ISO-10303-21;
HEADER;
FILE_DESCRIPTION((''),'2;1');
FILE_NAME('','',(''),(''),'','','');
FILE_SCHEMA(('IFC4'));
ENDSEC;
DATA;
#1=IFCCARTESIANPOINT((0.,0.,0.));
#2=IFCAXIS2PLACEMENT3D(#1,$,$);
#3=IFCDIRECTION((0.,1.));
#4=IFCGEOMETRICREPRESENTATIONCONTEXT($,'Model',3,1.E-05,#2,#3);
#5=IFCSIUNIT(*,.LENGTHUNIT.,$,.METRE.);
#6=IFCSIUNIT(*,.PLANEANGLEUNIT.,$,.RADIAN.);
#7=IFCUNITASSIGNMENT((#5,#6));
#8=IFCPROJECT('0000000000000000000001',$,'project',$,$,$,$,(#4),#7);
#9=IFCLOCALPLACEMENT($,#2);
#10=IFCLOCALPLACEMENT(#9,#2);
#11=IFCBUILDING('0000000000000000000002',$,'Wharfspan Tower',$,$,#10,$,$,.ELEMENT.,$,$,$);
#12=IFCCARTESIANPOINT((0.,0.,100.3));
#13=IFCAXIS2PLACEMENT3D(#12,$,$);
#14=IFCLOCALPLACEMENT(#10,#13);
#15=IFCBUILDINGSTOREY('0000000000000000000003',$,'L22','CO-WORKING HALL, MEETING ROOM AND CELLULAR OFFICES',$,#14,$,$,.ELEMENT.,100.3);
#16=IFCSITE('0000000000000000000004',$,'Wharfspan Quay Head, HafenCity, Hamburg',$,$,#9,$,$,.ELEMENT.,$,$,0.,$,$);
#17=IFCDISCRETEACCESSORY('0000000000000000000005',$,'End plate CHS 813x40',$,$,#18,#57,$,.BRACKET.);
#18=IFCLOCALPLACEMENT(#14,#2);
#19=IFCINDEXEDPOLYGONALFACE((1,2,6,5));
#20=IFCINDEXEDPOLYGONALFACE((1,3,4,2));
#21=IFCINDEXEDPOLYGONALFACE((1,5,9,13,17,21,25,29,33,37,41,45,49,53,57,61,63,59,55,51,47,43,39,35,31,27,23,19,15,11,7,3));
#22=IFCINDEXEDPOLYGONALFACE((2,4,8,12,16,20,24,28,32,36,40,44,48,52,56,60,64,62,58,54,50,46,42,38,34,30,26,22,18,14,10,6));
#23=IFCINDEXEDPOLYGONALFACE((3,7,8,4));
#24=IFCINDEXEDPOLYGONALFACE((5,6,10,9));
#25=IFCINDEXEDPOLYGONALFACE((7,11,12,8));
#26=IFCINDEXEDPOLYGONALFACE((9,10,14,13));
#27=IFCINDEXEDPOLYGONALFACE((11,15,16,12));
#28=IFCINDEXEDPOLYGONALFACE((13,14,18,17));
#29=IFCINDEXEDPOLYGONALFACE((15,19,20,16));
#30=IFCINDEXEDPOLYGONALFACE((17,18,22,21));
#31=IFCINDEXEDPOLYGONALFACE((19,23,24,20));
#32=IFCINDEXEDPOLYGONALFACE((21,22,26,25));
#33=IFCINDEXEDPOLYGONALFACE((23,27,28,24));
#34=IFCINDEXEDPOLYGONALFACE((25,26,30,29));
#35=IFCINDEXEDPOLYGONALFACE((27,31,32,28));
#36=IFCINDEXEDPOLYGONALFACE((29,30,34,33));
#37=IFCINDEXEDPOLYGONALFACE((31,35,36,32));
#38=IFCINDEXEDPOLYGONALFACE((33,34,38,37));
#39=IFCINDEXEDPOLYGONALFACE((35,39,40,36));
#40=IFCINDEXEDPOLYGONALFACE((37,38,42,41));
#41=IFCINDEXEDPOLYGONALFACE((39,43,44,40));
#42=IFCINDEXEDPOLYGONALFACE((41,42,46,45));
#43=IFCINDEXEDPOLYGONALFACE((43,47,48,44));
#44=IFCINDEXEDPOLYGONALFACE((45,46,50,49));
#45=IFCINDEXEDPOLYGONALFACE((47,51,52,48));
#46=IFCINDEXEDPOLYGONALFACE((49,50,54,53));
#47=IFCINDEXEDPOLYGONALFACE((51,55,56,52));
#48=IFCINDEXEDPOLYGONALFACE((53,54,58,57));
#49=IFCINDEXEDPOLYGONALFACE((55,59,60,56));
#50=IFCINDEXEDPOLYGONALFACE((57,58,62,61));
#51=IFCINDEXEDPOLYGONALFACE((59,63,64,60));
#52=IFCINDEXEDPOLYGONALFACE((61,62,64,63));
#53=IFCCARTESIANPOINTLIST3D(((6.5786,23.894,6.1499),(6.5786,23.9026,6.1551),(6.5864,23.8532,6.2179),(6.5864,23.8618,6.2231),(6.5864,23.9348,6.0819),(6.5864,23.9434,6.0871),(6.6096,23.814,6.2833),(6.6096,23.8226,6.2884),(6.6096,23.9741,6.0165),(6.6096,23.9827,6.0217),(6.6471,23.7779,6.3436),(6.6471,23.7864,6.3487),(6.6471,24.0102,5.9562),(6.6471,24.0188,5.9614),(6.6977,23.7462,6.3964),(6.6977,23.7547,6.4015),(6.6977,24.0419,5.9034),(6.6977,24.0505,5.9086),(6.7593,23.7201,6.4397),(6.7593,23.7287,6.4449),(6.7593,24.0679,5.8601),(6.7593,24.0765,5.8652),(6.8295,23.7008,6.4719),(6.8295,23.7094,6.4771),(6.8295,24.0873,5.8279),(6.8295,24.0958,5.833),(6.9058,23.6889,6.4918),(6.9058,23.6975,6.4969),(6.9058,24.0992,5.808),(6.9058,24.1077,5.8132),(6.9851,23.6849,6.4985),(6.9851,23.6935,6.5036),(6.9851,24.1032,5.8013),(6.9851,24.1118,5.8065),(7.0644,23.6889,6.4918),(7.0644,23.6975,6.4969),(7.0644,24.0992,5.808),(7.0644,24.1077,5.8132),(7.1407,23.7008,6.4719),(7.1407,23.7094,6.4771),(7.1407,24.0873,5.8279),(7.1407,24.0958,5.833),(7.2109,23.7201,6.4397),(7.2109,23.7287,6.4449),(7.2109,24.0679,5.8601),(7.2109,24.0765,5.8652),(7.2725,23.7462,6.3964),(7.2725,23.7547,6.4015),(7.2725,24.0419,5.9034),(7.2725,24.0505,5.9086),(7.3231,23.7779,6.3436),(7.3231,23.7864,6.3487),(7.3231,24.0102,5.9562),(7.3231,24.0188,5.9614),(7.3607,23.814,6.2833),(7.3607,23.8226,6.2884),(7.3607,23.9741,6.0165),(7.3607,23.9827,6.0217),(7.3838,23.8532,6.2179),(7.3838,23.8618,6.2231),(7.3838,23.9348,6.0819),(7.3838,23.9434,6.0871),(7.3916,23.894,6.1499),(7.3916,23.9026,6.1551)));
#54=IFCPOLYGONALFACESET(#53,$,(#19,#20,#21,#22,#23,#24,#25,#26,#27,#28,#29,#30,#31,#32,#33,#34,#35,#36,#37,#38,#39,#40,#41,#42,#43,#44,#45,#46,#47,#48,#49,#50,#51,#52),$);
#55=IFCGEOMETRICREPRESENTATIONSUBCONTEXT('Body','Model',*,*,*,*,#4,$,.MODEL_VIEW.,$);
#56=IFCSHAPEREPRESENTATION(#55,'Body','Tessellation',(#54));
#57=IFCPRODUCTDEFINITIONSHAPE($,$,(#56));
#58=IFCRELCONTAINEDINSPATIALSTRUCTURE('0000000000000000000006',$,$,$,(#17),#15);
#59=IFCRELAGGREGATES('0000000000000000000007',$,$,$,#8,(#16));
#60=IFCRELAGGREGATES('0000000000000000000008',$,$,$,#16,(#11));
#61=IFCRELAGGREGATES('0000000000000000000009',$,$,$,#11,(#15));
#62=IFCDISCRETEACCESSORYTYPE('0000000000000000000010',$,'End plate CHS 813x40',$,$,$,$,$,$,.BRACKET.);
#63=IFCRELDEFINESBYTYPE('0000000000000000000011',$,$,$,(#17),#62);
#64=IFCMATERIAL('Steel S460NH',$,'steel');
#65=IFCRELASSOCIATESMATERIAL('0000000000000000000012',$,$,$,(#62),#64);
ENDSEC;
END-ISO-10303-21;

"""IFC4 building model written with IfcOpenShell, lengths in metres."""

from ifc_helpers import new_model, si_unit, direction, frame, origin, origin_2d, place, context, subcontext, project, spatial, circle, extrude, material, material_profile, profile_set, type_object, element, save


model = new_model("IFC4")

# Units and contexts
model_context = context("Model", 3, precision=1e-05, world=origin(), true_north=direction((0.0, 1.0)))
body_context = subcontext(model_context, "Body", "Model", "MODEL_VIEW")
ifc_project = project(units=[si_unit("LENGTHUNIT", "METRE"), si_unit("PLANEANGLEUNIT", "RADIAN")], contexts=[model_context])

# Site, building, storey
site_placement = place(None, origin())
site = spatial("IfcSite", under=ifc_project, at=site_placement, Name="Wharfspan Quay Head, HafenCity, Hamburg", CompositionType="ELEMENT", RefElevation=0.0)
building_placement = place(site_placement, origin())
building = spatial("IfcBuilding", under=site, at=building_placement, Name="Wharfspan Tower", CompositionType="ELEMENT")
storey_placement = place(building_placement, frame((0.0, 0.0, 100.3)))
storey = spatial("IfcBuildingStorey", under=building, at=storey_placement, Name="L22", Description="CO-WORKING HALL, MEETING ROOM AND CELLULAR OFFICES", CompositionType="ELEMENT", Elevation=100.3)

# Shared definitions
ifc_material_1 = material(Name="Steel S460NH", Category="steel")

# Discrete accessory
ifc_material_profile_1 = material_profile(ifc_material_1, circle(Radius=0.4065, at=origin_2d()))
ifc_profile_set_1 = profile_set([ifc_material_profile_1], Name="Steel S460NH")
discrete_accessory_type = type_object("IfcDiscreteAccessoryType", Name="End plate CHS 813x40", PredefinedType="BRACKET", material=ifc_profile_set_1)
for number, where, z_axis, x_axis, name in (
    (1, (6.9851, 23.894, 6.1499), (0.0, 0.857493, 0.514496), (-1.0, 0.0, 0.0), "End plate CHS 813x40"),
):
    element("IfcDiscreteAccessory", number, at=place(storey_placement, frame(where, z_axis=z_axis, x_axis=x_axis)), inside=storey, type_object=discrete_accessory_type, Name=name, PredefinedType="BRACKET", context=body_context, shape_type="SweptSolid", body=[
        extrude(circle(Radius=0.4065, at=origin_2d()), origin(), (0.0, 0.0, 1.0), 0.01),
    ])

save(model, "model.ifc")
